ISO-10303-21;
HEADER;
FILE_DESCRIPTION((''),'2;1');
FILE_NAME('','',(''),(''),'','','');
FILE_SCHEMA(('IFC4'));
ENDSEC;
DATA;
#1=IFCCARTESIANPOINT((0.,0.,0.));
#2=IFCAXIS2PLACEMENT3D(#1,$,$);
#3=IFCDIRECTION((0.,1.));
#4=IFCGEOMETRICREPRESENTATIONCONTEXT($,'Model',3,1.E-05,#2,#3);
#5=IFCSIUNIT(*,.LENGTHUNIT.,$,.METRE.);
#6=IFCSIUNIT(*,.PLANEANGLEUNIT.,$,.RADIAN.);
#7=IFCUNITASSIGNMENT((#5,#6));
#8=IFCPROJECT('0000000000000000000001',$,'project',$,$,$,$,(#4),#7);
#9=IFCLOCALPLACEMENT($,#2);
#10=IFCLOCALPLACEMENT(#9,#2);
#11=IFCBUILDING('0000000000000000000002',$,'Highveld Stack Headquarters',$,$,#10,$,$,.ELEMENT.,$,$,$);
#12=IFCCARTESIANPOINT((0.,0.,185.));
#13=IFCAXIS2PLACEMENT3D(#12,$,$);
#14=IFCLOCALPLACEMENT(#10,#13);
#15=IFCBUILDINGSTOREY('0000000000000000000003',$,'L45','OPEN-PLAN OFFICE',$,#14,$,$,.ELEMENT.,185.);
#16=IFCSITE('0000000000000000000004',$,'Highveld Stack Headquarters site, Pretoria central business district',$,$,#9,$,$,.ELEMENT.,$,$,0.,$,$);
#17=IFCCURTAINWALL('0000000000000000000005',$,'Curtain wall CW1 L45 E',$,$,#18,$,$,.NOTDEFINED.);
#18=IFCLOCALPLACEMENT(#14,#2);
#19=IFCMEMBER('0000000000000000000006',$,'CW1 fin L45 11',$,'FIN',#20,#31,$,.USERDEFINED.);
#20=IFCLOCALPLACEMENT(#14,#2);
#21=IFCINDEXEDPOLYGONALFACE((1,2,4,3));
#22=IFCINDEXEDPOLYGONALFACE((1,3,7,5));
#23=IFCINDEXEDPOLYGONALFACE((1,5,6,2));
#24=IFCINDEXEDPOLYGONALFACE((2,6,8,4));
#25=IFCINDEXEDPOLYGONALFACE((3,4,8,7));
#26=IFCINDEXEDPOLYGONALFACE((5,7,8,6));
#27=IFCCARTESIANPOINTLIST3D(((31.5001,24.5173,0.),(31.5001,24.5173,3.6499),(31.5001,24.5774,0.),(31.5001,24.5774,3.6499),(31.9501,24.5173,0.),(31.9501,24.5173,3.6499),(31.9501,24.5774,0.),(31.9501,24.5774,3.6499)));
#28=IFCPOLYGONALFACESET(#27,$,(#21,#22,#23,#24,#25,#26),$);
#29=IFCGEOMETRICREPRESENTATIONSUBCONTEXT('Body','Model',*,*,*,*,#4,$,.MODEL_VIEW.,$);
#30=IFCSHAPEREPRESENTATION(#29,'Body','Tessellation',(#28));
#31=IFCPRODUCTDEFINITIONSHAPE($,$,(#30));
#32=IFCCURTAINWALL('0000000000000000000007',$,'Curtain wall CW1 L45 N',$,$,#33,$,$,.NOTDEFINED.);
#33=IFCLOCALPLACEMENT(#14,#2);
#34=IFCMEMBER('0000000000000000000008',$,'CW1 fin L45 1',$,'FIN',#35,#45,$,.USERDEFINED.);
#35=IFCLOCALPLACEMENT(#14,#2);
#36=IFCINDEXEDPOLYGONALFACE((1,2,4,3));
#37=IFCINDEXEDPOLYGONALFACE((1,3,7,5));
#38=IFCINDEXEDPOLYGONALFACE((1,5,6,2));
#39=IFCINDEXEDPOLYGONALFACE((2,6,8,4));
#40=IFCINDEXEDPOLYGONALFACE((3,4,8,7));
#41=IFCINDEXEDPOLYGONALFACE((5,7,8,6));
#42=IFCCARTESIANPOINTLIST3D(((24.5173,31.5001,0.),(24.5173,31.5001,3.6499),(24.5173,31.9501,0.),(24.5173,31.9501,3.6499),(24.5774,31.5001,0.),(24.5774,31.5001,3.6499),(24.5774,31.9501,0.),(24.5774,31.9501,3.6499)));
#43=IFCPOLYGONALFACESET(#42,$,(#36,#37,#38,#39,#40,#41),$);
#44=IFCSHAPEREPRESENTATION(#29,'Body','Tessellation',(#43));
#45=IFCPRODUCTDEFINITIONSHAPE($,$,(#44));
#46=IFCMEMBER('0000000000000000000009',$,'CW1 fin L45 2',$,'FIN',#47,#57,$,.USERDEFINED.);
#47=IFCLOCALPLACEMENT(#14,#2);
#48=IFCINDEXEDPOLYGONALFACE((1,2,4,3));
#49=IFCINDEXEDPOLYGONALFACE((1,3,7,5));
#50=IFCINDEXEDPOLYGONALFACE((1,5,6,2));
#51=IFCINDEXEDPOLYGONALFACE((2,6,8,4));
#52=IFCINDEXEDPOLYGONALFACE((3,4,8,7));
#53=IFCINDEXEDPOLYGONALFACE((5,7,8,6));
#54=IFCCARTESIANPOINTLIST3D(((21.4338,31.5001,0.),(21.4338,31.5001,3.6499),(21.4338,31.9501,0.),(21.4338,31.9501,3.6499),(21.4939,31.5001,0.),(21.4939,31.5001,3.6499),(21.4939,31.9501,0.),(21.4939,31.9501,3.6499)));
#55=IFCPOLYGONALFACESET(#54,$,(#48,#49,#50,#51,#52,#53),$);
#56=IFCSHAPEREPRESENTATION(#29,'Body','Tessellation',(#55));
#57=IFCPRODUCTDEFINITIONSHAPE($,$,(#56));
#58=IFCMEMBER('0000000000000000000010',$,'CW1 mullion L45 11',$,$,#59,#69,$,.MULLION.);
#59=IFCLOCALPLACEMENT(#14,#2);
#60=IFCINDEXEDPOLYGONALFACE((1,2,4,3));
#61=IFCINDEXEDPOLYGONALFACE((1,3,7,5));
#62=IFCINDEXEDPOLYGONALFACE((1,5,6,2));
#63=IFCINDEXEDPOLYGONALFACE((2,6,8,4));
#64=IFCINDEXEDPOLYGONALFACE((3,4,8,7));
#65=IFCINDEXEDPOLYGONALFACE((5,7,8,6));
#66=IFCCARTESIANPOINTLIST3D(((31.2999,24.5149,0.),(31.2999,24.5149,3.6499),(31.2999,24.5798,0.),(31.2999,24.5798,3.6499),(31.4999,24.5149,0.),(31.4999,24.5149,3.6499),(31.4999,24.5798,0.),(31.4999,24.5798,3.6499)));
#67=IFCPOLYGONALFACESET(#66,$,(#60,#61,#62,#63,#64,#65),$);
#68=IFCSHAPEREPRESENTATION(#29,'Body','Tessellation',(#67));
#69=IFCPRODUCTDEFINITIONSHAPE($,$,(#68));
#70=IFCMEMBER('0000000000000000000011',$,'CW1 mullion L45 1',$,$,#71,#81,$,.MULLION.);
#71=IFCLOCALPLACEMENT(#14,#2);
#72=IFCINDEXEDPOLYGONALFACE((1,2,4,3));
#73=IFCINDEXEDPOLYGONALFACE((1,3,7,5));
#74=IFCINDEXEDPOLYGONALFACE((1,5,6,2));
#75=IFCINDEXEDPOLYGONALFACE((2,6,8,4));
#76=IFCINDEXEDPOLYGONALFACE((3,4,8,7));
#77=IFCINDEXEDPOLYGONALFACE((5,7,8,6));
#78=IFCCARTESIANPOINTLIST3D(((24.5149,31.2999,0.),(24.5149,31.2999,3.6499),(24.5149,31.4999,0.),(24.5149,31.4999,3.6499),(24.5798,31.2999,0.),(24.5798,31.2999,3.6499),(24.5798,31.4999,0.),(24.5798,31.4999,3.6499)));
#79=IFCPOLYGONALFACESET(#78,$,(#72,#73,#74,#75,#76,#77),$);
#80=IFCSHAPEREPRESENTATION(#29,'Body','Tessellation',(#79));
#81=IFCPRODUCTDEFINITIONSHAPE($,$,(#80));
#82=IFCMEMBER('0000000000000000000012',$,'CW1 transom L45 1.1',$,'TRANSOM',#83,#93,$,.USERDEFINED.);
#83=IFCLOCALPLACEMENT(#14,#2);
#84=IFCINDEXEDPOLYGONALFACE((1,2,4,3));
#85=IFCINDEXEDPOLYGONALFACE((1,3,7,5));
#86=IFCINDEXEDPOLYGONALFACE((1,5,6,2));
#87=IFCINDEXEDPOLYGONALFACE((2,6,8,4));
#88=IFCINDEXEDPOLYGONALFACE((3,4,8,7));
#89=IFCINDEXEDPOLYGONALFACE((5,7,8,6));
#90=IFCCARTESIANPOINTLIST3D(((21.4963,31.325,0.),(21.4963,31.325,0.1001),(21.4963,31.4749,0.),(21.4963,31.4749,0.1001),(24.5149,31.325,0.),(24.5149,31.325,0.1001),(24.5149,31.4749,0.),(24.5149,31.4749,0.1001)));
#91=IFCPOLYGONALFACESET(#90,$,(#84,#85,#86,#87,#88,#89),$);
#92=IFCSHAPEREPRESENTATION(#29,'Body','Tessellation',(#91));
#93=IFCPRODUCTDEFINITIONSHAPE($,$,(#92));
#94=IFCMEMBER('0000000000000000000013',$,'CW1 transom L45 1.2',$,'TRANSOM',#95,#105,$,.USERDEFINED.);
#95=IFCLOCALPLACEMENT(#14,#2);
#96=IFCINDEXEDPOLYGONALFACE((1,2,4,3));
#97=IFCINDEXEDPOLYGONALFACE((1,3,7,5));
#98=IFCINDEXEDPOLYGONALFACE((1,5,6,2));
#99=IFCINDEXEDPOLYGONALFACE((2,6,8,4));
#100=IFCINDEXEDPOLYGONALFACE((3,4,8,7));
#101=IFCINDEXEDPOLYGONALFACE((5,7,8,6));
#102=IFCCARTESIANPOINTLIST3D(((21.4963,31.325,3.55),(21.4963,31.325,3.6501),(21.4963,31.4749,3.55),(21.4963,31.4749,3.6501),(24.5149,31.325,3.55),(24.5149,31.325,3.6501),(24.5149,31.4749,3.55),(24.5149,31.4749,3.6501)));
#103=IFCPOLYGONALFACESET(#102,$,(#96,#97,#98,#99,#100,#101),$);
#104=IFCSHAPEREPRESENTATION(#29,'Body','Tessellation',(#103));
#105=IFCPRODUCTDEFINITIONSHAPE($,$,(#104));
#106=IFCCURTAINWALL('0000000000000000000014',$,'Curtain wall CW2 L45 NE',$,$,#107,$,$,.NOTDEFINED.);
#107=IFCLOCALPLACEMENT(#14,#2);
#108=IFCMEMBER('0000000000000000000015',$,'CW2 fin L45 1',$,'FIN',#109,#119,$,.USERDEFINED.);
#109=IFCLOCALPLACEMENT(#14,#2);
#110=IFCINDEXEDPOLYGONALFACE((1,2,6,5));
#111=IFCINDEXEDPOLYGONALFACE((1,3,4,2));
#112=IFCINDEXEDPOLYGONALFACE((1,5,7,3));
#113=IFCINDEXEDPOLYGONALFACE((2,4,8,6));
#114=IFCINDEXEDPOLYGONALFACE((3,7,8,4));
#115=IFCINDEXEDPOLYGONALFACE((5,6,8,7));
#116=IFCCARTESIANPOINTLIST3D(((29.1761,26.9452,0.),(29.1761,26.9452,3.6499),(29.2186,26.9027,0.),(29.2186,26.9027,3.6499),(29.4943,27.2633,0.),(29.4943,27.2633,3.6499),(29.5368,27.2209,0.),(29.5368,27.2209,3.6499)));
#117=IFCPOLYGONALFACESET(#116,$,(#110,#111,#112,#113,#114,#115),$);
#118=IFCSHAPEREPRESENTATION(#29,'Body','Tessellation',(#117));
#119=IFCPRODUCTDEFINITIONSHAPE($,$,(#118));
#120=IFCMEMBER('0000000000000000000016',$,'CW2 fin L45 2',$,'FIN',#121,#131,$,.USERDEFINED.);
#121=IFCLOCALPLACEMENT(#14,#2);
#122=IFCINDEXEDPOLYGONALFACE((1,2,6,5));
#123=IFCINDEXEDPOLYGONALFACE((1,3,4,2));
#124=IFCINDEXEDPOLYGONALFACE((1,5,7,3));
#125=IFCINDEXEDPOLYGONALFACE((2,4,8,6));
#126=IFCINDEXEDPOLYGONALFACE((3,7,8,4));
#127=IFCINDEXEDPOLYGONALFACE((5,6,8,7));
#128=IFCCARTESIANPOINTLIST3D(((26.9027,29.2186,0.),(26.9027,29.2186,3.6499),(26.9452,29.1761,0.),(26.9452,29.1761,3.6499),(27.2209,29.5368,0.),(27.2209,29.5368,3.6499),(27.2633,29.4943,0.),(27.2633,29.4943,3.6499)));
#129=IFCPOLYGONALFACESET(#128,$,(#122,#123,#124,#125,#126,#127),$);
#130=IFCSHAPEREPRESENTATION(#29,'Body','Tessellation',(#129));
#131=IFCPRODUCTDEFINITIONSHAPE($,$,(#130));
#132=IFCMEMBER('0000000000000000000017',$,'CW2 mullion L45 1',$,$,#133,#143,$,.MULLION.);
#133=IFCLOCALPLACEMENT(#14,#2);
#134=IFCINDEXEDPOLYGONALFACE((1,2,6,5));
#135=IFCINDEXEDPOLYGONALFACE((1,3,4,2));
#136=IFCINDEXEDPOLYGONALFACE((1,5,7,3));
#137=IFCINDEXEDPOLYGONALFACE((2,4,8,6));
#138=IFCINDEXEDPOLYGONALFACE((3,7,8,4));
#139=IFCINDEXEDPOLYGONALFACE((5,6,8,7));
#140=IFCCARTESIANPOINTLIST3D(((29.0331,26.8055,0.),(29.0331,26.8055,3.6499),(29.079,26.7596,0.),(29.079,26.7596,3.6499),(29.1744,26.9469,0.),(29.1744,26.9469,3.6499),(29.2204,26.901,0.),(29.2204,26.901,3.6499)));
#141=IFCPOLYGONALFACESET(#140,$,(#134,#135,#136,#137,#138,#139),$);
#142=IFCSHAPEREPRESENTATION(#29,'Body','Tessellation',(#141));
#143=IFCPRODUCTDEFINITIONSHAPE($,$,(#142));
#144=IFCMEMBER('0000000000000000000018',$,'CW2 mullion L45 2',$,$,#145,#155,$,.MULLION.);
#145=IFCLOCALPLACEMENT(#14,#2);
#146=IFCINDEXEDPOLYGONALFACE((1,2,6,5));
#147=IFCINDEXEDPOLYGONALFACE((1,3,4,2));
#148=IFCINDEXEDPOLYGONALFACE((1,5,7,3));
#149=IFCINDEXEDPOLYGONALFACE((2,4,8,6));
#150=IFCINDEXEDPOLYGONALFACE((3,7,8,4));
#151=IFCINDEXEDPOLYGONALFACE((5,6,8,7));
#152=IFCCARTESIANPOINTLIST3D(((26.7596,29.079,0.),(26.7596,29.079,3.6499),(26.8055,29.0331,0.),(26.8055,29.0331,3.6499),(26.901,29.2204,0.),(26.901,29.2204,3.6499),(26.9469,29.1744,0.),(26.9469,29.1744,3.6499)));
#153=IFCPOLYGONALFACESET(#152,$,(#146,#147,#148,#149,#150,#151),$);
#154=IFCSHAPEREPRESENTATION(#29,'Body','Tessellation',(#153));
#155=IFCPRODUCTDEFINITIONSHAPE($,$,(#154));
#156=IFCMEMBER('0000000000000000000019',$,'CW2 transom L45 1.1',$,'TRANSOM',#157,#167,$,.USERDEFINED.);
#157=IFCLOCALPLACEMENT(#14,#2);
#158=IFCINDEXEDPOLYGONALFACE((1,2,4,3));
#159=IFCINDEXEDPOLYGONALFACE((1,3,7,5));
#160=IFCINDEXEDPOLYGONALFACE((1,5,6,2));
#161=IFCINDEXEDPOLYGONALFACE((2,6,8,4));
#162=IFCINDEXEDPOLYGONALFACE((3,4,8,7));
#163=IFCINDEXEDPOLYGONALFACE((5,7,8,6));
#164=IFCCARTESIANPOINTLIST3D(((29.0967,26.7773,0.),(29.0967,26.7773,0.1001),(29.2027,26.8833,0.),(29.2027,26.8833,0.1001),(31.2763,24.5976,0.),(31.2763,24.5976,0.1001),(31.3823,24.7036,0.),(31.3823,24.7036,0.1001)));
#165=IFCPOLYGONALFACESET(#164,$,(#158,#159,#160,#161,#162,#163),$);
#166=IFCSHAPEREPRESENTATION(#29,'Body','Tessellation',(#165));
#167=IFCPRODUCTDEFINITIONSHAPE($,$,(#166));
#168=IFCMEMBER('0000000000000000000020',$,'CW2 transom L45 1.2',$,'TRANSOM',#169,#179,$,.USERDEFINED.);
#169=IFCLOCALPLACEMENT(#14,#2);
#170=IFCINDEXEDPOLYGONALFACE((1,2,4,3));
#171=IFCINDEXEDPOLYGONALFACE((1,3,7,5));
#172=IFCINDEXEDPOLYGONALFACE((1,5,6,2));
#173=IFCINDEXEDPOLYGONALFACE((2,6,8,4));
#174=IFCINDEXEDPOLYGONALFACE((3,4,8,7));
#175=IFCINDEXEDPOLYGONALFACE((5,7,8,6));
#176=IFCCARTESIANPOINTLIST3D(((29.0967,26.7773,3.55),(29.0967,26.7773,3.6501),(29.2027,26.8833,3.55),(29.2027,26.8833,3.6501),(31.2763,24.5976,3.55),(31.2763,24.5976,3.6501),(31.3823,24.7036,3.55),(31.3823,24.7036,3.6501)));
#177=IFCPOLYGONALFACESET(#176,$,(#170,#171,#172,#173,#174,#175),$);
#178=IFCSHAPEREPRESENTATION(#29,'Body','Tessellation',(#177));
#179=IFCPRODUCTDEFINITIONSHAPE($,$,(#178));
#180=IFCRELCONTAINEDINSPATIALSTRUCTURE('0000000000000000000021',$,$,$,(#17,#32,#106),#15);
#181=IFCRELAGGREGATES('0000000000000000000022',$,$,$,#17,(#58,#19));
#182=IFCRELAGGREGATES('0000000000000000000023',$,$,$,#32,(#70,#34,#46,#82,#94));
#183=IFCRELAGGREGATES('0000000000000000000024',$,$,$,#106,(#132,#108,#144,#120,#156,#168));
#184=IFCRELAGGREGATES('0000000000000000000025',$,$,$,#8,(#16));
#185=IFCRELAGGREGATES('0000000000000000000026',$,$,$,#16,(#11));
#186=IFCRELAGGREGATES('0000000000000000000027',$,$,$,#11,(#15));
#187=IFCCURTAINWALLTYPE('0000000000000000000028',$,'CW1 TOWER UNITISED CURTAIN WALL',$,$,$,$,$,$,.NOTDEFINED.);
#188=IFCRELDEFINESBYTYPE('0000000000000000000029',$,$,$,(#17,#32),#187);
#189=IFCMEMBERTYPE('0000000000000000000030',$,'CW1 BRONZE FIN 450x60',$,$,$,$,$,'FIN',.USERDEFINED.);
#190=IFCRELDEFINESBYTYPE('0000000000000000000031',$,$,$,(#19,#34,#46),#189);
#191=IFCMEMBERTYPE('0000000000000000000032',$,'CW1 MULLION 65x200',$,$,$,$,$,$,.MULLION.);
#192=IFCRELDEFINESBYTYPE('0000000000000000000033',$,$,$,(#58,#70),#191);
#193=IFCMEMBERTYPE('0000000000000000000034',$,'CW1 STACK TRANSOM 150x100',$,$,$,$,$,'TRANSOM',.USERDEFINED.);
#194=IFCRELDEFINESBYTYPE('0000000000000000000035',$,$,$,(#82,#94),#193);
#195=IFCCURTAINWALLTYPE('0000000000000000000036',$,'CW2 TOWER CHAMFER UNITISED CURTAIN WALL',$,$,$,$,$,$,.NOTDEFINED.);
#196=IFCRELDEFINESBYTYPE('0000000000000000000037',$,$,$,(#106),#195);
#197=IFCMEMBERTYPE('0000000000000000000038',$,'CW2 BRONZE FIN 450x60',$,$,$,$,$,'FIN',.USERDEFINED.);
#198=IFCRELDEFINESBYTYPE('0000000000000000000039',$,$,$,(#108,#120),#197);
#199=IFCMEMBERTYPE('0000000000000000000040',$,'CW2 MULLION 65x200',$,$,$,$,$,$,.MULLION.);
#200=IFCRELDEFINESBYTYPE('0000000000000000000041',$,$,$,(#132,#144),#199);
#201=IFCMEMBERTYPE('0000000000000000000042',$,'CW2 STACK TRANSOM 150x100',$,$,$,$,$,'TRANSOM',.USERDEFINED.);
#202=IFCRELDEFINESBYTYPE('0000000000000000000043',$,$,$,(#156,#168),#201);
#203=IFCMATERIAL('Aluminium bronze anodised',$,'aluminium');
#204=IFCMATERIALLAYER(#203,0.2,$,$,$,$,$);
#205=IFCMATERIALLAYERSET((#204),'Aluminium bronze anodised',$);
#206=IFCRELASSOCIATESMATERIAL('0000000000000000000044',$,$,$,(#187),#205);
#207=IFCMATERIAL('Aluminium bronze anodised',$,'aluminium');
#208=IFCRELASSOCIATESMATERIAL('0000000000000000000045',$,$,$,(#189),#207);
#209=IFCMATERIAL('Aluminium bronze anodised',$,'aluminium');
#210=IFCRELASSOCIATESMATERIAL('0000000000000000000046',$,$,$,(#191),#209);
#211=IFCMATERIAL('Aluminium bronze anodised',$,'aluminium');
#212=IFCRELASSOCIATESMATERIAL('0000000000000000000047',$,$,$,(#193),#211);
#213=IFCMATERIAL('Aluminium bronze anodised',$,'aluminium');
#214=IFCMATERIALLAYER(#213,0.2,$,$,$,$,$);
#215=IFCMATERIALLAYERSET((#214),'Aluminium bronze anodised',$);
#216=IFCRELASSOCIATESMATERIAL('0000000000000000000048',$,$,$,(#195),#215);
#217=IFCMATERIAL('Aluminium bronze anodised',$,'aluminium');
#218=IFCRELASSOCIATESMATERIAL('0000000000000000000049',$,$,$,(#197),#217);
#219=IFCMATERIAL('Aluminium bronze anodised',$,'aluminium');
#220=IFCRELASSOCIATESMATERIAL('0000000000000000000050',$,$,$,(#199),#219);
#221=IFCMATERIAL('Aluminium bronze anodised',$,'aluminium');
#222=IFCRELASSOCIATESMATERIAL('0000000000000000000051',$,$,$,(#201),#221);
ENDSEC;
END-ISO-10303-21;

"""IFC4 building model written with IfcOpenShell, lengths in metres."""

from ifc_helpers import new_model, si_unit, direction, frame, origin, origin_2d, place, context, subcontext, project, spatial, rectangle, extrude, material, layer, layer_set, material_profile, profile_set, type_object, element, aggregate, save


model = new_model("IFC4")

# Units and contexts
model_context = context("Model", 3, precision=1e-05, world=origin(), true_north=direction((0.0, 1.0)))
body_context = subcontext(model_context, "Body", "Model", "MODEL_VIEW")
ifc_project = project(units=[si_unit("LENGTHUNIT", "METRE"), si_unit("PLANEANGLEUNIT", "RADIAN")], contexts=[model_context])

# Site, building, storey
site_placement = place(None, origin())
site = spatial("IfcSite", under=ifc_project, at=site_placement, Name="Highveld Stack Headquarters site, Pretoria central business district", CompositionType="ELEMENT", RefElevation=0.0)
building_placement = place(site_placement, origin())
building = spatial("IfcBuilding", under=site, at=building_placement, Name="Highveld Stack Headquarters", CompositionType="ELEMENT")
storey_placement = place(building_placement, frame((0.0, 0.0, 185.0)))
storey = spatial("IfcBuildingStorey", under=building, at=storey_placement, Name="L45", Description="OPEN-PLAN OFFICE", CompositionType="ELEMENT", Elevation=185.0)

# Curtain wall, member
ifc_material_1 = material(Name="Aluminium bronze anodised", Category="aluminium")
ifc_layer_1 = layer(ifc_material_1, 0.2)
ifc_layer_set_1 = layer_set([ifc_layer_1], Name="Aluminium bronze anodised")
curtain_wall_type_1 = type_object("IfcCurtainWallType", Name="CW1 TOWER UNITISED CURTAIN WALL", PredefinedType="NOTDEFINED", material=ifc_layer_set_1)
curtain_wall_1_placement = place(storey_placement, origin())
curtain_wall_1 = element("IfcCurtainWall", 1, at=curtain_wall_1_placement, inside=storey, type_object=curtain_wall_type_1, Name="Curtain wall CW1 L45 E", PredefinedType="NOTDEFINED")
ifc_material_2 = material(Name="Aluminium bronze anodised", Category="aluminium")
ifc_material_profile_1 = material_profile(ifc_material_2, rectangle(XDim=0.45, YDim=0.0601, at=origin_2d()), Name="FIN 450x60")
ifc_profile_set_1 = profile_set([ifc_material_profile_1], Name="Aluminium bronze anodised")
member_type_1 = type_object("IfcMemberType", Name="CW1 BRONZE FIN 450x60", ElementType="FIN", PredefinedType="USERDEFINED", material=ifc_profile_set_1)
member_1_placement = place(storey_placement, frame((31.7251, 24.5474, 0.0), z_axis=(0.0, 0.0, 1.0), x_axis=(-1.0, 0.0, 0.0)))
member_1 = element("IfcMember", 2, at=member_1_placement, type_object=member_type_1, Name="CW1 fin L45 11", ObjectType="FIN", PredefinedType="USERDEFINED", context=body_context, shape_type="SweptSolid", body=[
    extrude(rectangle(XDim=0.45, YDim=0.0601, at=origin_2d()), origin(), (0.0, 0.0, 1.0), 3.6499),
])

# Curtain wall, members
curtain_wall_2_placement = place(storey_placement, origin())
curtain_wall_2 = element("IfcCurtainWall", 3, at=curtain_wall_2_placement, inside=storey, type_object=curtain_wall_type_1, Name="Curtain wall CW1 L45 N", PredefinedType="NOTDEFINED")
member_2_placement = place(storey_placement, frame((24.5474, 31.7251, 0.0), z_axis=(0.0, 0.0, 1.0), x_axis=(0.0, -1.0, 0.0)))
member_2 = element("IfcMember", 4, at=member_2_placement, type_object=member_type_1, Name="CW1 fin L45 1", ObjectType="FIN", PredefinedType="USERDEFINED", context=body_context, shape_type="SweptSolid", body=[
    extrude(rectangle(XDim=0.45, YDim=0.0601, at=origin_2d()), origin(), (0.0, 0.0, 1.0), 3.6499),
])
member_3_placement = place(storey_placement, frame((21.4639, 31.7251, 0.0), z_axis=(0.0, 0.0, 1.0), x_axis=(0.0, -1.0, 0.0)))
member_3 = element("IfcMember", 5, at=member_3_placement, type_object=member_type_1, Name="CW1 fin L45 2", ObjectType="FIN", PredefinedType="USERDEFINED", context=body_context, shape_type="SweptSolid", body=[
    extrude(rectangle(XDim=0.45, YDim=0.0601, at=origin_2d()), origin(), (0.0, 0.0, 1.0), 3.6499),
])

# Members
ifc_material_3 = material(Name="Aluminium bronze anodised", Category="aluminium")
ifc_material_profile_2 = material_profile(ifc_material_3, rectangle(XDim=0.2, YDim=0.0649, at=origin_2d()), Name="CW1 MULLION 65x200")
ifc_profile_set_2 = profile_set([ifc_material_profile_2], Name="Aluminium bronze anodised")
member_type_2 = type_object("IfcMemberType", Name="CW1 MULLION 65x200", PredefinedType="MULLION", material=ifc_profile_set_2)
member_4_placement = place(storey_placement, frame((31.3999, 24.5474, 0.0), z_axis=(0.0, 0.0, 1.0), x_axis=(-1.0, 0.0, 0.0)))
member_4 = element("IfcMember", 6, at=member_4_placement, type_object=member_type_2, Name="CW1 mullion L45 11", PredefinedType="MULLION", context=body_context, shape_type="SweptSolid", body=[
    extrude(rectangle(XDim=0.2, YDim=0.0649, at=origin_2d()), origin(), (0.0, 0.0, 1.0), 3.6499),
])
aggregate(curtain_wall_1, [member_4, member_1])
member_5_placement = place(storey_placement, frame((24.5474, 31.3999, 0.0), z_axis=(0.0, 0.0, 1.0), x_axis=(0.0, -1.0, 0.0)))
member_5 = element("IfcMember", 7, at=member_5_placement, type_object=member_type_2, Name="CW1 mullion L45 1", PredefinedType="MULLION", context=body_context, shape_type="SweptSolid", body=[
    extrude(rectangle(XDim=0.2, YDim=0.0649, at=origin_2d()), origin(), (0.0, 0.0, 1.0), 3.6499),
])
ifc_material_4 = material(Name="Aluminium bronze anodised", Category="aluminium")
ifc_material_profile_3 = material_profile(ifc_material_4, rectangle(XDim=0.1499, YDim=0.1001, at=origin_2d()), Name="CW1 TRANSOM 150x100")
ifc_profile_set_3 = profile_set([ifc_material_profile_3], Name="Aluminium bronze anodised")
member_type_3 = type_object("IfcMemberType", Name="CW1 STACK TRANSOM 150x100", ElementType="TRANSOM", PredefinedType="USERDEFINED", material=ifc_profile_set_3)
member_6_placement = place(storey_placement, frame((24.5149, 31.3999, 0.05), z_axis=(-1.0, 0.0, 0.0), x_axis=(0.0, -1.0, 0.0)))
member_6 = element("IfcMember", 8, at=member_6_placement, type_object=member_type_3, Name="CW1 transom L45 1.1", ObjectType="TRANSOM", PredefinedType="USERDEFINED", context=body_context, shape_type="SweptSolid", body=[
    extrude(rectangle(XDim=0.1499, YDim=0.1001, at=origin_2d()), origin(), (0.0, 0.0, 1.0), 3.0186),
])
member_7_placement = place(storey_placement, frame((24.5149, 31.3999, 3.6001), z_axis=(-1.0, 0.0, 0.0), x_axis=(0.0, -1.0, 0.0)))
member_7 = element("IfcMember", 9, at=member_7_placement, type_object=member_type_3, Name="CW1 transom L45 1.2", ObjectType="TRANSOM", PredefinedType="USERDEFINED", context=body_context, shape_type="SweptSolid", body=[
    extrude(rectangle(XDim=0.1499, YDim=0.1001, at=origin_2d()), origin(), (0.0, 0.0, 1.0), 3.0186),
])

# Curtain wall, members
ifc_material_5 = material(Name="Aluminium bronze anodised", Category="aluminium")
ifc_layer_2 = layer(ifc_material_5, 0.2)
ifc_layer_set_2 = layer_set([ifc_layer_2], Name="Aluminium bronze anodised")
curtain_wall_type_2 = type_object("IfcCurtainWallType", Name="CW2 TOWER CHAMFER UNITISED CURTAIN WALL", PredefinedType="NOTDEFINED", material=ifc_layer_set_2)
curtain_wall_3_placement = place(storey_placement, origin())
curtain_wall_3 = element("IfcCurtainWall", 10, at=curtain_wall_3_placement, inside=storey, type_object=curtain_wall_type_2, Name="Curtain wall CW2 L45 NE", PredefinedType="NOTDEFINED")
ifc_material_6 = material(Name="Aluminium bronze anodised", Category="aluminium")
ifc_material_profile_4 = material_profile(ifc_material_6, rectangle(XDim=0.45, YDim=0.0601, at=origin_2d()), Name="FIN 450x60")
ifc_profile_set_4 = profile_set([ifc_material_profile_4], Name="Aluminium bronze anodised")
member_type_4 = type_object("IfcMemberType", Name="CW2 BRONZE FIN 450x60", ElementType="FIN", PredefinedType="USERDEFINED", material=ifc_profile_set_4)
member_8_placement = place(storey_placement, frame((29.3564, 27.083, 0.0), z_axis=(0.0, 0.0, 1.0), x_axis=(-0.707107, -0.707107, 0.0)))
member_8 = element("IfcMember", 11, at=member_8_placement, type_object=member_type_4, Name="CW2 fin L45 1", ObjectType="FIN", PredefinedType="USERDEFINED", context=body_context, shape_type="SweptSolid", body=[
    extrude(rectangle(XDim=0.45, YDim=0.0601, at=origin_2d()), origin(), (0.0, 0.0, 1.0), 3.6499),
])
member_9_placement = place(storey_placement, frame((27.083, 29.3564, 0.0), z_axis=(0.0, 0.0, 1.0), x_axis=(-0.707107, -0.707107, 0.0)))
member_9 = element("IfcMember", 12, at=member_9_placement, type_object=member_type_4, Name="CW2 fin L45 2", ObjectType="FIN", PredefinedType="USERDEFINED", context=body_context, shape_type="SweptSolid", body=[
    extrude(rectangle(XDim=0.45, YDim=0.0601, at=origin_2d()), origin(), (0.0, 0.0, 1.0), 3.6499),
])
ifc_material_7 = material(Name="Aluminium bronze anodised", Category="aluminium")
ifc_material_profile_5 = material_profile(ifc_material_7, rectangle(XDim=0.2, YDim=0.0649, at=origin_2d()), Name="CW2 MULLION 65x200")
ifc_profile_set_5 = profile_set([ifc_material_profile_5], Name="Aluminium bronze anodised")
member_type_5 = type_object("IfcMemberType", Name="CW2 MULLION 65x200", PredefinedType="MULLION", material=ifc_profile_set_5)
member_10_placement = place(storey_placement, frame((29.1267, 26.8533, 0.0), z_axis=(0.0, 0.0, 1.0), x_axis=(-0.707107, -0.707107, 0.0)))
member_10 = element("IfcMember", 13, at=member_10_placement, type_object=member_type_5, Name="CW2 mullion L45 1", PredefinedType="MULLION", context=body_context, shape_type="SweptSolid", body=[
    extrude(rectangle(XDim=0.2, YDim=0.0649, at=origin_2d()), origin(), (0.0, 0.0, 1.0), 3.6499),
])
member_11_placement = place(storey_placement, frame((26.8533, 29.1267, 0.0), z_axis=(0.0, 0.0, 1.0), x_axis=(-0.707107, -0.707107, 0.0)))
member_11 = element("IfcMember", 14, at=member_11_placement, type_object=member_type_5, Name="CW2 mullion L45 2", PredefinedType="MULLION", context=body_context, shape_type="SweptSolid", body=[
    extrude(rectangle(XDim=0.2, YDim=0.0649, at=origin_2d()), origin(), (0.0, 0.0, 1.0), 3.6499),
])
ifc_material_8 = material(Name="Aluminium bronze anodised", Category="aluminium")
ifc_material_profile_6 = material_profile(ifc_material_8, rectangle(XDim=0.1499, YDim=0.1001, at=origin_2d()), Name="CW2 TRANSOM 150x100")
ifc_profile_set_6 = profile_set([ifc_material_profile_6], Name="Aluminium bronze anodised")
member_type_6 = type_object("IfcMemberType", Name="CW2 STACK TRANSOM 150x100", ElementType="TRANSOM", PredefinedType="USERDEFINED", material=ifc_profile_set_6)
member_12_placement = place(storey_placement, frame((31.3293, 24.6506, 0.05), z_axis=(-0.707107, 0.707107, 0.0), x_axis=(-0.707107, -0.707107, 0.0)))
member_12 = element("IfcMember", 15, at=member_12_placement, type_object=member_type_6, Name="CW2 transom L45 1.1", ObjectType="TRANSOM", PredefinedType="USERDEFINED", context=body_context, shape_type="SweptSolid", body=[
    extrude(rectangle(XDim=0.1499, YDim=0.1001, at=origin_2d()), origin(), (0.0, 0.0, 1.0), 3.0825),
])
member_13_placement = place(storey_placement, frame((31.3293, 24.6506, 3.6001), z_axis=(-0.707107, 0.707107, 0.0), x_axis=(-0.707107, -0.707107, 0.0)))
member_13 = element("IfcMember", 16, at=member_13_placement, type_object=member_type_6, Name="CW2 transom L45 1.2", ObjectType="TRANSOM", PredefinedType="USERDEFINED", context=body_context, shape_type="SweptSolid", body=[
    extrude(rectangle(XDim=0.1499, YDim=0.1001, at=origin_2d()), origin(), (0.0, 0.0, 1.0), 3.0825),
])

aggregate(curtain_wall_2, [member_5, member_2, member_3, member_6, member_7])
aggregate(curtain_wall_3, [member_10, member_8, member_11, member_9, member_12, member_13])

save(model, "model.ifc")
